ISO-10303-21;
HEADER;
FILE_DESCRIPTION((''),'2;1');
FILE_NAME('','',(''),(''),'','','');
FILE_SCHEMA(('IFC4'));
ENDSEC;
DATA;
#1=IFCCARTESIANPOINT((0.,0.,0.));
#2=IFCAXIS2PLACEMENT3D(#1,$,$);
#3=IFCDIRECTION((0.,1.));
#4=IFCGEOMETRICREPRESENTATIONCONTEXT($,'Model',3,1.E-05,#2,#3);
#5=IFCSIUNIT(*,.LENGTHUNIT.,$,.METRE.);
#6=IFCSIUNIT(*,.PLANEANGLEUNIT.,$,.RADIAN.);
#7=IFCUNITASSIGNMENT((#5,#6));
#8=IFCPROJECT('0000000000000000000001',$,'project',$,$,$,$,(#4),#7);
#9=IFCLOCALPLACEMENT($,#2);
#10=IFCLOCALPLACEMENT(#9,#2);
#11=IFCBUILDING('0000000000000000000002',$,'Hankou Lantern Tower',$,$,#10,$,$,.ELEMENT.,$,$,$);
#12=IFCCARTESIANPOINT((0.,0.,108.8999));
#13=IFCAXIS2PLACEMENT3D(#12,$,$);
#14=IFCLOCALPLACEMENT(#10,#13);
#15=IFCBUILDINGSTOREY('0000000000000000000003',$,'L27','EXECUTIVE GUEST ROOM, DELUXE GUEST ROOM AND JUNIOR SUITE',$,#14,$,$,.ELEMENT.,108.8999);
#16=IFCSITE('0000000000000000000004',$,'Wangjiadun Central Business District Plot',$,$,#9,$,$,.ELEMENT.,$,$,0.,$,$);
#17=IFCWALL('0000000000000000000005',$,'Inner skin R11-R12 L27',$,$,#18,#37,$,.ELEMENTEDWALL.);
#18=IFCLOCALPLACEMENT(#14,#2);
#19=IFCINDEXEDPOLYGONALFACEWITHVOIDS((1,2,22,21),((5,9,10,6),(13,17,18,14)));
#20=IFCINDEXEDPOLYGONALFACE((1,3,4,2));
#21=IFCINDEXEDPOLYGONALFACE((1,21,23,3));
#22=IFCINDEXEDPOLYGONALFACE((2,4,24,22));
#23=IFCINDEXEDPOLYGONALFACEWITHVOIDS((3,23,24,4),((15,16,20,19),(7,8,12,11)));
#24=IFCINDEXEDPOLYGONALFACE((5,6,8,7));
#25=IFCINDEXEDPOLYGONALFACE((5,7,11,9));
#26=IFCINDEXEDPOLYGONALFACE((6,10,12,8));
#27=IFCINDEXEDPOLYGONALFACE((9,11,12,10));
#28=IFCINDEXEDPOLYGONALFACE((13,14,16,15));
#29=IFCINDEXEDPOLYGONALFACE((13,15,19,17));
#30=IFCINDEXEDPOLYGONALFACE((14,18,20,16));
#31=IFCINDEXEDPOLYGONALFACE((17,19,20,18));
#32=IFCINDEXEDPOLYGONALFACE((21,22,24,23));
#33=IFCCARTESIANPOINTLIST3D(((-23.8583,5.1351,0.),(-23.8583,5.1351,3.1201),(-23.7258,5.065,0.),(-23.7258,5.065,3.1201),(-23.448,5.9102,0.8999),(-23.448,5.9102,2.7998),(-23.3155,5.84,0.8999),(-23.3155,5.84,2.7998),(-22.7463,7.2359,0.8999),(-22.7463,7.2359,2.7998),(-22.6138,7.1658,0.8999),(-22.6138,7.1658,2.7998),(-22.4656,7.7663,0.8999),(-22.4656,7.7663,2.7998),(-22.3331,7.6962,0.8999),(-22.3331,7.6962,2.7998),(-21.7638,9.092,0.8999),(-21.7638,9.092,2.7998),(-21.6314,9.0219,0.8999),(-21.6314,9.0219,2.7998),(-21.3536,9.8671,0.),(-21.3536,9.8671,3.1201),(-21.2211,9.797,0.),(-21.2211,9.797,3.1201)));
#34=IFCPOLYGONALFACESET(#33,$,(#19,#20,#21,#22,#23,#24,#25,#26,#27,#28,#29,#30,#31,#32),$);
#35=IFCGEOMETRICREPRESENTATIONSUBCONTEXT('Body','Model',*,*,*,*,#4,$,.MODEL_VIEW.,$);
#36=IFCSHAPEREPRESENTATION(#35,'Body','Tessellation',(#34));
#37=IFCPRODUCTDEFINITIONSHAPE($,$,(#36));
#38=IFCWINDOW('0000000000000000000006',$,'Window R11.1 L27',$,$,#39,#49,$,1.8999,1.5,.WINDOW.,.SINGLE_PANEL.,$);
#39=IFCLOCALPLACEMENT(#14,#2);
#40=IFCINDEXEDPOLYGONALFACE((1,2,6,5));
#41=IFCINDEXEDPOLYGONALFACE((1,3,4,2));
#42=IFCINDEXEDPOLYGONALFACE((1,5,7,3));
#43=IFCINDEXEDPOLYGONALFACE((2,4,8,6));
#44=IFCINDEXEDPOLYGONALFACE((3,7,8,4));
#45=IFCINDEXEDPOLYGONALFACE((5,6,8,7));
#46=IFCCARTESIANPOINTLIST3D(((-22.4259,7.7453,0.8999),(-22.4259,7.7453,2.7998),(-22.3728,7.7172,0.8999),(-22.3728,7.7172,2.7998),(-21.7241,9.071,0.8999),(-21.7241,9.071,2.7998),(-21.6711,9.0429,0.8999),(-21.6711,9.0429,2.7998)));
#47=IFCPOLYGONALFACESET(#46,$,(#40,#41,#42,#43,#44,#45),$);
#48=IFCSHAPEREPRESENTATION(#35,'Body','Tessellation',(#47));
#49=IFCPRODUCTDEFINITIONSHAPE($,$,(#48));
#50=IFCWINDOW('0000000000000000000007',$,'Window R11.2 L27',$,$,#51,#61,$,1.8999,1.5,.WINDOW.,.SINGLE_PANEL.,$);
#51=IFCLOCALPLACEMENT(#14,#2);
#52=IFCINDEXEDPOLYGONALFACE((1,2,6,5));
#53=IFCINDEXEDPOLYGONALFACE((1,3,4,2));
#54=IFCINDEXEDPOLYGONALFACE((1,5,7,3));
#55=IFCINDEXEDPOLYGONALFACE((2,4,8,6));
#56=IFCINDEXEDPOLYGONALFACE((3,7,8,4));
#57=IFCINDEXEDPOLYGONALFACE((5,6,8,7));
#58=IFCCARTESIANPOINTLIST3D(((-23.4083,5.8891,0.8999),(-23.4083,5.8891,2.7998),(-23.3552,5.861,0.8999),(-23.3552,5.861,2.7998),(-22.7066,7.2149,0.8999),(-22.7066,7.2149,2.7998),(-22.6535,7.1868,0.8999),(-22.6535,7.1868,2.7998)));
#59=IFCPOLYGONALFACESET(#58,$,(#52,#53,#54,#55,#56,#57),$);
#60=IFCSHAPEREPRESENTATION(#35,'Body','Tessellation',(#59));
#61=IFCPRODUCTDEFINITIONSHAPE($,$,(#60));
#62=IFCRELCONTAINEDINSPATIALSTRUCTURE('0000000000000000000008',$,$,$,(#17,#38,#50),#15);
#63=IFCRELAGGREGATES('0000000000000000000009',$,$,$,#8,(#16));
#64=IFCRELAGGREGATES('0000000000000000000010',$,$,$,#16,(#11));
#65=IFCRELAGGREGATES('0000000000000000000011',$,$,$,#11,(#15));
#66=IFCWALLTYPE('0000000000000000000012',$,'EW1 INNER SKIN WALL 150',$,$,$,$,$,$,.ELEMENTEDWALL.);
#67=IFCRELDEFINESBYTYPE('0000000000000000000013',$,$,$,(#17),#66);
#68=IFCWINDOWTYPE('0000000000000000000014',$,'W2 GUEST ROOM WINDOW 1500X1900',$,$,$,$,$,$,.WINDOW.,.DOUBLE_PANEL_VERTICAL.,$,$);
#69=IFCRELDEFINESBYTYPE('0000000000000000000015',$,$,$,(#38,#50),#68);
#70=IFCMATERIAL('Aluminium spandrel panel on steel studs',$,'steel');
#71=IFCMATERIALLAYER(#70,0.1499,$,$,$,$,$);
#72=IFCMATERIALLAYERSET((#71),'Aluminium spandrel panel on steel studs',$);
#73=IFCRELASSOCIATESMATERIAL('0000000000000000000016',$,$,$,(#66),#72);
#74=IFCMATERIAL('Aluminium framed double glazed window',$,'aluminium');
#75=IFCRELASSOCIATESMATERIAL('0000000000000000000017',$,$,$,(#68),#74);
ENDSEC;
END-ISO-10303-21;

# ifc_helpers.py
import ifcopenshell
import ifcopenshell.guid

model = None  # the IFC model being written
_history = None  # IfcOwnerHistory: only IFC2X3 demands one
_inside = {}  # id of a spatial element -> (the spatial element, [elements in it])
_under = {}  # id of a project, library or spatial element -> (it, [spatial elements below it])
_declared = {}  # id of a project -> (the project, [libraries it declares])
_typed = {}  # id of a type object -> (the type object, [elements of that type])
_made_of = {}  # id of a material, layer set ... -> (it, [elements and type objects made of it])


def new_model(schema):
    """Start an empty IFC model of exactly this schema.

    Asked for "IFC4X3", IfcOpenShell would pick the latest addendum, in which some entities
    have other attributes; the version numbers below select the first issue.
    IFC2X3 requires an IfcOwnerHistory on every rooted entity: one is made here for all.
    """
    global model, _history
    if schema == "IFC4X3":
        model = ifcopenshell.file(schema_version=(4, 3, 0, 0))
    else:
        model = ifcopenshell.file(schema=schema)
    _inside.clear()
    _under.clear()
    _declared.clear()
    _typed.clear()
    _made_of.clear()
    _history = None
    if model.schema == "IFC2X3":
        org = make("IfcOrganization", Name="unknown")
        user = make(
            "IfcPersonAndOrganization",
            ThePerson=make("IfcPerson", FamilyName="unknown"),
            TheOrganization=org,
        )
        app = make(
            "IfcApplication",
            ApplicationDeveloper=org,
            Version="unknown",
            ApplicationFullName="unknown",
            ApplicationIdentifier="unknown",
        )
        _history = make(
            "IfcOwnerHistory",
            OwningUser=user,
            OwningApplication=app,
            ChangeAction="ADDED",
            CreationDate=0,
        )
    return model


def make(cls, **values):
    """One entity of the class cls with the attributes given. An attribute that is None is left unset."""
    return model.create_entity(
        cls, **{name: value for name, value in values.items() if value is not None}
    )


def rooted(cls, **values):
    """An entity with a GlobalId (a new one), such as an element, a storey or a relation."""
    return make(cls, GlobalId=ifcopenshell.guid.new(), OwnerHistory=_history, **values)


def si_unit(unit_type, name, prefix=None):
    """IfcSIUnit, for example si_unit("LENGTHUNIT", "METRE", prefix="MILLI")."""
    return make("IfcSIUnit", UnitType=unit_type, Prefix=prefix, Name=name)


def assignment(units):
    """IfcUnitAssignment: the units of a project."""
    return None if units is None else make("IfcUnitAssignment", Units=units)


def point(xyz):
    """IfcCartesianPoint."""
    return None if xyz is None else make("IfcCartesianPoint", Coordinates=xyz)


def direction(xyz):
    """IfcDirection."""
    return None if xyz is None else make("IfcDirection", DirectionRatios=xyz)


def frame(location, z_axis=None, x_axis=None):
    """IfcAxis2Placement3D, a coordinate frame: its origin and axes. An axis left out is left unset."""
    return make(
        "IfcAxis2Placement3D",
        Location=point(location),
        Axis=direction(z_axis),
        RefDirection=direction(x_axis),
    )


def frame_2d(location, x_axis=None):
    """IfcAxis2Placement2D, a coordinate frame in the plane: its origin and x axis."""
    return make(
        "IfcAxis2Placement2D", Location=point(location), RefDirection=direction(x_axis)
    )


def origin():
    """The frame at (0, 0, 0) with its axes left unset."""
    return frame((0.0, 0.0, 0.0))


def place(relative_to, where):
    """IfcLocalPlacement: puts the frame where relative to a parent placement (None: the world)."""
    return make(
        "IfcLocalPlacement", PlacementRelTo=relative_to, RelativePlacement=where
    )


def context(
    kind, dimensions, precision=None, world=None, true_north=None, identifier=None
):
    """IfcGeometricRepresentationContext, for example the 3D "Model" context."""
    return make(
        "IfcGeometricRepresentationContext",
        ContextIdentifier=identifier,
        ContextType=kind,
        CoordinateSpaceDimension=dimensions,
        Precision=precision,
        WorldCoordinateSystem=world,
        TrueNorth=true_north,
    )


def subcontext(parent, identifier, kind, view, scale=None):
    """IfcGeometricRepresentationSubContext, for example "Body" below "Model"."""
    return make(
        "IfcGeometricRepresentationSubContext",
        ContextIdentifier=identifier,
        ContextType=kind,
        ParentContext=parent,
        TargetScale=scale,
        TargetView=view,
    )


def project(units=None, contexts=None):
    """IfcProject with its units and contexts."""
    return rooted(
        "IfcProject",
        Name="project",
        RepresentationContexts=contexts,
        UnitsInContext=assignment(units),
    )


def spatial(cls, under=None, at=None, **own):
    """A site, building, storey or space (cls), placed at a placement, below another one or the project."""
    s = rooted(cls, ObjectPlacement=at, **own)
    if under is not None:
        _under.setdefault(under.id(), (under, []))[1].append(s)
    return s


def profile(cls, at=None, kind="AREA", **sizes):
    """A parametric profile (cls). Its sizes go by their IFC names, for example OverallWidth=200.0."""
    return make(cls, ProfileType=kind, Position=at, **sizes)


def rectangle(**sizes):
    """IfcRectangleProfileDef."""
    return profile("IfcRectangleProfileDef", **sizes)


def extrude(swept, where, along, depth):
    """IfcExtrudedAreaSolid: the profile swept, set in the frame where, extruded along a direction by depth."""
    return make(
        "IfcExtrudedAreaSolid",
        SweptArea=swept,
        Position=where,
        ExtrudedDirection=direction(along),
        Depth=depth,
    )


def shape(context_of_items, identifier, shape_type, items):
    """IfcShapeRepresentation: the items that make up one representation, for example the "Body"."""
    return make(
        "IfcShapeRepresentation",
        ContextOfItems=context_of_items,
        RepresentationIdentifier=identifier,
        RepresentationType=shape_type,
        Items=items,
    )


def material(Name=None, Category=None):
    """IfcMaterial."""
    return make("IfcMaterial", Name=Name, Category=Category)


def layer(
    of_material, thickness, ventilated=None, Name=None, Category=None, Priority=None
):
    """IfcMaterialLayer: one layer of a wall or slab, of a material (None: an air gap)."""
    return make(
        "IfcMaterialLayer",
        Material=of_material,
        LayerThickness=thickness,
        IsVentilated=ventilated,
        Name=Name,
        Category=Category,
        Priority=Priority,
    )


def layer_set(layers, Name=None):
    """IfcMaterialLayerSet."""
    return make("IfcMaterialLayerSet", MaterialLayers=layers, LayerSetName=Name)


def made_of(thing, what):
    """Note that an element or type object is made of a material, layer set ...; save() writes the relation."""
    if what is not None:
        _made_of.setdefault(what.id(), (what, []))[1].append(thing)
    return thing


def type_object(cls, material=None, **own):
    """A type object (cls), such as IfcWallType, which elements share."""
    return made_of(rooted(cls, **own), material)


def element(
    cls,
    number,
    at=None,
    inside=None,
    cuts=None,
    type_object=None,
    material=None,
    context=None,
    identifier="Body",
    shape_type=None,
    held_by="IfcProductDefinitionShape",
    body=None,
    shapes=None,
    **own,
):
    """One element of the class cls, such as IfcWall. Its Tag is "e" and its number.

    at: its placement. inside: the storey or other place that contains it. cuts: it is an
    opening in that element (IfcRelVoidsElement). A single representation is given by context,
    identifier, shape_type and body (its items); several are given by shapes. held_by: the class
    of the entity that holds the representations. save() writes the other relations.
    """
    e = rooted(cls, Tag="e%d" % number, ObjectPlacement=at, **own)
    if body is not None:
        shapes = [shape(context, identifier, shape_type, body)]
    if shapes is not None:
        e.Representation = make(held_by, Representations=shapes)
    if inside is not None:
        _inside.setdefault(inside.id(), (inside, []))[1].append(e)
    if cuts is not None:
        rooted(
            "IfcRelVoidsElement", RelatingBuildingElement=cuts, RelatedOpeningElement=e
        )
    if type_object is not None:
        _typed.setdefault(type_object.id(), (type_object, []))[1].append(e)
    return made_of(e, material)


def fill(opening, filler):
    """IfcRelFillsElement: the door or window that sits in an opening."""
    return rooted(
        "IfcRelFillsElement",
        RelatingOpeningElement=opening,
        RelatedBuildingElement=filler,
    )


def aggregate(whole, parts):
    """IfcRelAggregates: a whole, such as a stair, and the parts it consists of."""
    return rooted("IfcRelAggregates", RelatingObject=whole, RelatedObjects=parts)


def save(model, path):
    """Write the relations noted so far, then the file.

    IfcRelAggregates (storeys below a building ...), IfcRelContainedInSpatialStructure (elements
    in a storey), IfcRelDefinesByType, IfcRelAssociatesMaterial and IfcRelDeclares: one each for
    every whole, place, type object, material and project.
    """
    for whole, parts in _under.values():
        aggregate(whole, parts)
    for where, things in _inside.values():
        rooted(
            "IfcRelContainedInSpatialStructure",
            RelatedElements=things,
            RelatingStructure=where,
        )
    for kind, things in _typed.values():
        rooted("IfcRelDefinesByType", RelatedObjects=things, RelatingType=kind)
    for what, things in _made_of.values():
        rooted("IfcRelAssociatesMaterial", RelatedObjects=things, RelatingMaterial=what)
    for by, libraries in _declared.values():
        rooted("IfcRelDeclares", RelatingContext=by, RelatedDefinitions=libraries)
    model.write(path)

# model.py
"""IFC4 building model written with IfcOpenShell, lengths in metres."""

from ifc_helpers import new_model, si_unit, direction, frame, frame_2d, origin, place, context, subcontext, project, spatial, rectangle, extrude, material, layer, layer_set, type_object, element, fill, save


model = new_model("IFC4")

# Units and contexts
model_context = context("Model", 3, precision=1e-05, world=origin(), true_north=direction((0.0, 1.0)))
body_context = subcontext(model_context, "Body", "Model", "MODEL_VIEW")
ifc_project = project(units=[si_unit("LENGTHUNIT", "METRE"), si_unit("PLANEANGLEUNIT", "RADIAN")], contexts=[model_context])

# Site, building, storey
site_placement = place(None, origin())
site = spatial("IfcSite", under=ifc_project, at=site_placement, Name="Wangjiadun Central Business District Plot", CompositionType="ELEMENT", RefElevation=0.0)
building_placement = place(site_placement, origin())
building = spatial("IfcBuilding", under=site, at=building_placement, Name="Hankou Lantern Tower", CompositionType="ELEMENT")
storey_placement = place(building_placement, frame((0.0, 0.0, 108.8999)))
storey = spatial("IfcBuildingStorey", under=building, at=storey_placement, Name="L27", Description="EXECUTIVE GUEST ROOM, DELUXE GUEST ROOM AND JUNIOR SUITE", CompositionType="ELEMENT", Elevation=108.8999)

# Wall, openings, windows
ifc_material_1 = material(Name="Aluminium spandrel panel on steel studs", Category="steel")
ifc_layer_1 = layer(ifc_material_1, 0.1499)
ifc_layer_set_1 = layer_set([ifc_layer_1], Name="Aluminium spandrel panel on steel studs")
wall_type = type_object("IfcWallType", Name="EW1 INNER SKIN WALL 150", PredefinedType="ELEMENTEDWALL", material=ifc_layer_set_1)
ifc_material_2 = material(Name="Aluminium framed double glazed window", Category="aluminium")
window_type = type_object("IfcWindowType", Name="W2 GUEST ROOM WINDOW 1500X1900", PartitioningType="DOUBLE_PANEL_VERTICAL", PredefinedType="WINDOW", material=ifc_material_2)
wall_1_placement = place(storey_placement, frame((-21.2874, 9.832, 0.0), z_axis=(0.0, 0.0, 1.0), x_axis=(-0.467814, -0.883827, 0.0)))
wall_1 = element("IfcWall", 1, at=wall_1_placement, inside=storey, type_object=wall_type, Name="Inner skin R11-R12 L27", PredefinedType="ELEMENTEDWALL", context=body_context, shape_type="SweptSolid", body=[
    extrude(rectangle(XDim=5.354, YDim=0.1499, at=frame_2d((2.677, 0.0))), origin(), (0.0, 0.0, 1.0), 3.1201),
])
opening_1_placement = place(wall_1_placement, frame((0.877, 0.0, 0.8999)))
opening_1 = element("IfcOpeningElement", 2, at=opening_1_placement, cuts=wall_1, PredefinedType="OPENING", context=body_context, shape_type="SweptSolid", body=[
    extrude(rectangle(XDim=1.5, YDim=1.8999, at=frame_2d((0.75, 0.95))), frame((0.0, 0.085, 0.0), z_axis=(0.0, -1.0, 0.0), x_axis=(1.0, 0.0, 0.0)), (0.0, 0.0, 1.0), 0.1699),
])
opening_2_placement = place(wall_1_placement, frame((2.9771, 0.0, 0.8999)))
opening_2 = element("IfcOpeningElement", 3, at=opening_2_placement, cuts=wall_1, PredefinedType="OPENING", context=body_context, shape_type="SweptSolid", body=[
    extrude(rectangle(XDim=1.5, YDim=1.8999, at=frame_2d((0.75, 0.95))), frame((0.0, 0.085, 0.0), z_axis=(0.0, -1.0, 0.0), x_axis=(1.0, 0.0, 0.0)), (0.0, 0.0, 1.0), 0.1699),
])
window_1_placement = place(opening_1_placement, origin())
window_1 = element("IfcWindow", 4, at=window_1_placement, inside=storey, type_object=window_type, Name="Window R11.1 L27", OverallHeight=1.8999, OverallWidth=1.5, PartitioningType="SINGLE_PANEL", PredefinedType="WINDOW", context=body_context, shape_type="SweptSolid", body=[
    extrude(rectangle(XDim=1.5, YDim=1.8999, at=frame_2d((0.75, 0.95))), frame((0.0, 0.03, 0.0), z_axis=(0.0, -1.0, 0.0), x_axis=(1.0, 0.0, 0.0)), (0.0, 0.0, 1.0), 0.0601),
])
fill(opening_1, window_1)
window_2_placement = place(opening_2_placement, origin())
window_2 = element("IfcWindow", 5, at=window_2_placement, inside=storey, type_object=window_type, Name="Window R11.2 L27", OverallHeight=1.8999, OverallWidth=1.5, PartitioningType="SINGLE_PANEL", PredefinedType="WINDOW", context=body_context, shape_type="SweptSolid", body=[
    extrude(rectangle(XDim=1.5, YDim=1.8999, at=frame_2d((0.75, 0.95))), frame((0.0, 0.03, 0.0), z_axis=(0.0, -1.0, 0.0), x_axis=(1.0, 0.0, 0.0)), (0.0, 0.0, 1.0), 0.0601),
])
fill(opening_2, window_2)

save(model, "model.ifc")
